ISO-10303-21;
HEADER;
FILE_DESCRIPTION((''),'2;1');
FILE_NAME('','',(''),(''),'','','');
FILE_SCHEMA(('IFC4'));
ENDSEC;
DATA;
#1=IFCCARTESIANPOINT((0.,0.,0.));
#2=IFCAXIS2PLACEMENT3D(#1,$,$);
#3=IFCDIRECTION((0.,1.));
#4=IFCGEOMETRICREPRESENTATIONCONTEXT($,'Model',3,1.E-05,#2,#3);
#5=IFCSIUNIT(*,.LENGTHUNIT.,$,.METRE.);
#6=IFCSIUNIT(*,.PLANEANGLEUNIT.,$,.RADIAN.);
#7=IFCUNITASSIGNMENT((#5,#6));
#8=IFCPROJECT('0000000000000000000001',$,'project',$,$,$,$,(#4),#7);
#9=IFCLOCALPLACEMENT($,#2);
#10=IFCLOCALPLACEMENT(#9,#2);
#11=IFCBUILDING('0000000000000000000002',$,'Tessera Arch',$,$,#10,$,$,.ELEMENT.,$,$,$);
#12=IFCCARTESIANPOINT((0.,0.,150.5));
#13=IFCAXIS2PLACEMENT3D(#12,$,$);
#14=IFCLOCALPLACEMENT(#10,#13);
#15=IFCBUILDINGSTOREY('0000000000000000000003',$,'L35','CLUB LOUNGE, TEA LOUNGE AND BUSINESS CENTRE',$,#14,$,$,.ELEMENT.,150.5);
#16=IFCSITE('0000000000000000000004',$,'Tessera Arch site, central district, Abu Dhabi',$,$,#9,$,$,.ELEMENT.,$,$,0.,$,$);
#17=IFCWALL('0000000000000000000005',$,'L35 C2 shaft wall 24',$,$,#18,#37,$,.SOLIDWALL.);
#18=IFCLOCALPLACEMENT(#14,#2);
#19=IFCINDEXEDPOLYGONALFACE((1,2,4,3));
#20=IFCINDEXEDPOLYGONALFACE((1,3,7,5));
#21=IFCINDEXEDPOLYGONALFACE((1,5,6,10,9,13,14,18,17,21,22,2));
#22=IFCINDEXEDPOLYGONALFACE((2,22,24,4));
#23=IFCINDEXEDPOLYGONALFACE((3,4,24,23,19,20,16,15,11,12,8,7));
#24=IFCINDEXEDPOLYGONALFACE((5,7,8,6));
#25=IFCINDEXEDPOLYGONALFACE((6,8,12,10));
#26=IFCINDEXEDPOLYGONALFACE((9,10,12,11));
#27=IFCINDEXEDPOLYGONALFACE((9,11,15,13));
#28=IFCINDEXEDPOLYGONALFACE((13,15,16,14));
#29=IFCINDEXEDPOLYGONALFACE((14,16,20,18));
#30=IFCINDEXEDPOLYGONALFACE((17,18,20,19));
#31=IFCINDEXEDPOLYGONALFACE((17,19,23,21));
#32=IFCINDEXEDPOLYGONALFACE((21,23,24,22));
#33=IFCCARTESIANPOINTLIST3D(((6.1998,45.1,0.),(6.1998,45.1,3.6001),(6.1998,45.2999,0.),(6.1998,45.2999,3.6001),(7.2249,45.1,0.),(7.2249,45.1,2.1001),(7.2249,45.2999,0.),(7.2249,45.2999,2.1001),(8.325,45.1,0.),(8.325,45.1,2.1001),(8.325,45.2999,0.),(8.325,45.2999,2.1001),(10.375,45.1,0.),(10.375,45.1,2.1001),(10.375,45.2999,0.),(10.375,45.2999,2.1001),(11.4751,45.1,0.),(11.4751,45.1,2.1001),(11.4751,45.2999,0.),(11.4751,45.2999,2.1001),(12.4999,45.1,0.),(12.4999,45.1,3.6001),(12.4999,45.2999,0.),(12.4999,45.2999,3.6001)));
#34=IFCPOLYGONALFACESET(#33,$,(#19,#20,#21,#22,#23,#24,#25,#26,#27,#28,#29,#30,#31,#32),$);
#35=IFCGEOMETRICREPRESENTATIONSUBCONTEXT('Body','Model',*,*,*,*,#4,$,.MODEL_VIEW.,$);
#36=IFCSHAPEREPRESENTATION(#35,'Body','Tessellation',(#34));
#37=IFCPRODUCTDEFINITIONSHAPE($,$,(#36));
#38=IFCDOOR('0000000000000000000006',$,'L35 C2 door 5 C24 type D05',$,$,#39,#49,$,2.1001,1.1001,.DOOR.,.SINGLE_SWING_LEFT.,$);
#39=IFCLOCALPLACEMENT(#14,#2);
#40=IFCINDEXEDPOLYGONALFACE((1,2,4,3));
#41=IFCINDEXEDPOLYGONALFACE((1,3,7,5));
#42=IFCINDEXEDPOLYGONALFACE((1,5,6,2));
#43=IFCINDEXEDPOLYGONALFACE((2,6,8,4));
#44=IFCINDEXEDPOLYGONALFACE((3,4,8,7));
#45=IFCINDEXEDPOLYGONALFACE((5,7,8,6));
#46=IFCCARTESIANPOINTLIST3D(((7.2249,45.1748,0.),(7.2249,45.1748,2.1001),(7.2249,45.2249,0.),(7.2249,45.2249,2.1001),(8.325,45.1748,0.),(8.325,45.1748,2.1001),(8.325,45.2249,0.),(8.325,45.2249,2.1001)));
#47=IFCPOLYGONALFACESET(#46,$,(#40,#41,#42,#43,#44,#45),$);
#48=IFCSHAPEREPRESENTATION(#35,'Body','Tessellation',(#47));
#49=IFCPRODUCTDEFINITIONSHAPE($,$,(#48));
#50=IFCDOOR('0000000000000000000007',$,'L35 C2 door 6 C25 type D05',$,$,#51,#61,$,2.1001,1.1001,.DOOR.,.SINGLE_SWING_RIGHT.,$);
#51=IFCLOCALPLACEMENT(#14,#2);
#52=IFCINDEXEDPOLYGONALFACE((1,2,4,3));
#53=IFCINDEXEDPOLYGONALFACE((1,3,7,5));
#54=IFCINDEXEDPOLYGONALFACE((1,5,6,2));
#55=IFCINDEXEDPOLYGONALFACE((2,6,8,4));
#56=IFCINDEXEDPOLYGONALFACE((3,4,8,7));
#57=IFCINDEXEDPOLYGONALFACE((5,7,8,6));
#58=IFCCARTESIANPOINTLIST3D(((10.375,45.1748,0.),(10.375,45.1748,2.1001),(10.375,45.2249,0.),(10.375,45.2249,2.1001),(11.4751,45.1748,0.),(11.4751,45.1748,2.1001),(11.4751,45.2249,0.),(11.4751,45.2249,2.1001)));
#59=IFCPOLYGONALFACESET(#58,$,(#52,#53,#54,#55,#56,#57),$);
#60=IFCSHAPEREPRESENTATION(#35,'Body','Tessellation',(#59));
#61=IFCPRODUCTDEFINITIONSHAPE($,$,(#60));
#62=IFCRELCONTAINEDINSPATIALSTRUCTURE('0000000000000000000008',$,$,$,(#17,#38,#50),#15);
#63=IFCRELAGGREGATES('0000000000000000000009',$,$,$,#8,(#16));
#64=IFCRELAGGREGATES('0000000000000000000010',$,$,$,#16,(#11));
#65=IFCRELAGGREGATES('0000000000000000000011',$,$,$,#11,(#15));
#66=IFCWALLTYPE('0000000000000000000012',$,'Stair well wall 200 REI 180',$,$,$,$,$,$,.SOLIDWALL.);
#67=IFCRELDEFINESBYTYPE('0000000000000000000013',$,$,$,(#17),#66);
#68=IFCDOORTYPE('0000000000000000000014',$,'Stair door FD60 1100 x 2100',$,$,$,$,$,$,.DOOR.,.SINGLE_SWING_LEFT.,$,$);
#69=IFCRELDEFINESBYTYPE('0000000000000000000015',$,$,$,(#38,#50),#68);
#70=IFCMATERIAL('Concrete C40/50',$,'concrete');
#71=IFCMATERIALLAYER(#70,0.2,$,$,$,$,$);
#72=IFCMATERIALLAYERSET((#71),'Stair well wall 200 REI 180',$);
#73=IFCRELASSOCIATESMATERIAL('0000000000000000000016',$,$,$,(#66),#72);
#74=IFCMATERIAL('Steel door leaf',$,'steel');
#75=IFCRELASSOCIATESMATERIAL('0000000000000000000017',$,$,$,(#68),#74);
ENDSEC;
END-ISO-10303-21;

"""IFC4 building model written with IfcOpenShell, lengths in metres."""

from ifc_helpers import new_model, si_unit, direction, frame, frame_2d, origin, place, context, subcontext, project, spatial, rectangle, extrude, material, layer, layer_set, type_object, element, fill, save


model = new_model("IFC4")

# Units and contexts
model_context = context("Model", 3, precision=1e-05, world=origin(), true_north=direction((0.0, 1.0)))
body_context = subcontext(model_context, "Body", "Model", "MODEL_VIEW")
ifc_project = project(units=[si_unit("LENGTHUNIT", "METRE"), si_unit("PLANEANGLEUNIT", "RADIAN")], contexts=[model_context])

# Site, building, storey
site_placement = place(None, origin())
site = spatial("IfcSite", under=ifc_project, at=site_placement, Name="Tessera Arch site, central district, Abu Dhabi", CompositionType="ELEMENT", RefElevation=0.0)
building_placement = place(site_placement, origin())
building = spatial("IfcBuilding", under=site, at=building_placement, Name="Tessera Arch", CompositionType="ELEMENT")
storey_placement = place(building_placement, frame((0.0, 0.0, 150.5)))
storey = spatial("IfcBuildingStorey", under=building, at=storey_placement, Name="L35", Description="CLUB LOUNGE, TEA LOUNGE AND BUSINESS CENTRE", CompositionType="ELEMENT", Elevation=150.5)

# Wall, openings, doors
ifc_material_1 = material(Name="Concrete C40/50", Category="concrete")
ifc_layer_1 = layer(ifc_material_1, 0.2)
ifc_layer_set_1 = layer_set([ifc_layer_1], Name="Stair well wall 200 REI 180")
wall_type_1 = type_object("IfcWallType", Name="Stair well wall 200 REI 180", PredefinedType="SOLIDWALL", material=ifc_layer_set_1)
wall_1_placement = place(storey_placement, frame((6.2, 45.2, 0.0), z_axis=(0.0, 0.0, 1.0), x_axis=(1.0, 0.0, 0.0)))
wall_1 = element("IfcWall", 1, at=wall_1_placement, inside=storey, type_object=wall_type_1, Name="L35 C2 shaft wall 24", PredefinedType="SOLIDWALL", context=body_context, shape_type="SweptSolid", body=[
    extrude(rectangle(XDim=6.3, YDim=0.2, at=frame_2d((3.1499, 0.0))), origin(), (0.0, 0.0, 1.0), 3.6001),
])
opening_1_placement = place(wall_1_placement, frame((1.0249, 0.0, 0.0)))
opening_1 = element("IfcOpeningElement", 2, at=opening_1_placement, cuts=wall_1, PredefinedType="OPENING", context=body_context, shape_type="SweptSolid", body=[
    extrude(rectangle(XDim=1.1001, YDim=2.1001, at=frame_2d((0.55, 1.05))), frame((0.0, 0.1099, 0.0), z_axis=(0.0, -1.0, 0.0), x_axis=(1.0, 0.0, 0.0)), (0.0, 0.0, 1.0), 0.22),
])
opening_2_placement = place(wall_1_placement, frame((4.175, 0.0, 0.0)))
opening_2 = element("IfcOpeningElement", 3, at=opening_2_placement, cuts=wall_1, PredefinedType="OPENING", context=body_context, shape_type="SweptSolid", body=[
    extrude(rectangle(XDim=1.1001, YDim=2.1001, at=frame_2d((0.55, 1.05))), frame((0.0, 0.1099, 0.0), z_axis=(0.0, -1.0, 0.0), x_axis=(1.0, 0.0, 0.0)), (0.0, 0.0, 1.0), 0.22),
])
ifc_material_2 = material(Name="Steel door leaf", Category="steel")
door_type_1 = type_object("IfcDoorType", Name="Stair door FD60 1100 x 2100", OperationType="SINGLE_SWING_LEFT", PredefinedType="DOOR", material=ifc_material_2)
door_1_placement = place(opening_1_placement, origin())
door_1 = element("IfcDoor", 4, at=door_1_placement, inside=storey, type_object=door_type_1, Name="L35 C2 door 5 C24 type D05", OperationType="SINGLE_SWING_LEFT", OverallHeight=2.1001, OverallWidth=1.1001, PredefinedType="DOOR", context=body_context, shape_type="SweptSolid", body=[
    extrude(rectangle(XDim=1.1001, YDim=2.1001, at=frame_2d((0.55, 1.05))), frame((0.0, 0.0249, 0.0), z_axis=(0.0, -1.0, 0.0), x_axis=(1.0, 0.0, 0.0)), (0.0, 0.0, 1.0), 0.05),
])
fill(opening_1, door_1)
door_2_placement = place(opening_2_placement, origin())
door_2 = element("IfcDoor", 5, at=door_2_placement, inside=storey, type_object=door_type_1, Name="L35 C2 door 6 C25 type D05", OperationType="SINGLE_SWING_RIGHT", OverallHeight=2.1001, OverallWidth=1.1001, PredefinedType="DOOR", context=body_context, shape_type="SweptSolid", body=[
    extrude(rectangle(XDim=1.1001, YDim=2.1001, at=frame_2d((0.55, 1.05))), frame((0.0, 0.0249, 0.0), z_axis=(0.0, -1.0, 0.0), x_axis=(1.0, 0.0, 0.0)), (0.0, 0.0, 1.0), 0.05),
])
fill(opening_2, door_2)

save(model, "model.ifc")
